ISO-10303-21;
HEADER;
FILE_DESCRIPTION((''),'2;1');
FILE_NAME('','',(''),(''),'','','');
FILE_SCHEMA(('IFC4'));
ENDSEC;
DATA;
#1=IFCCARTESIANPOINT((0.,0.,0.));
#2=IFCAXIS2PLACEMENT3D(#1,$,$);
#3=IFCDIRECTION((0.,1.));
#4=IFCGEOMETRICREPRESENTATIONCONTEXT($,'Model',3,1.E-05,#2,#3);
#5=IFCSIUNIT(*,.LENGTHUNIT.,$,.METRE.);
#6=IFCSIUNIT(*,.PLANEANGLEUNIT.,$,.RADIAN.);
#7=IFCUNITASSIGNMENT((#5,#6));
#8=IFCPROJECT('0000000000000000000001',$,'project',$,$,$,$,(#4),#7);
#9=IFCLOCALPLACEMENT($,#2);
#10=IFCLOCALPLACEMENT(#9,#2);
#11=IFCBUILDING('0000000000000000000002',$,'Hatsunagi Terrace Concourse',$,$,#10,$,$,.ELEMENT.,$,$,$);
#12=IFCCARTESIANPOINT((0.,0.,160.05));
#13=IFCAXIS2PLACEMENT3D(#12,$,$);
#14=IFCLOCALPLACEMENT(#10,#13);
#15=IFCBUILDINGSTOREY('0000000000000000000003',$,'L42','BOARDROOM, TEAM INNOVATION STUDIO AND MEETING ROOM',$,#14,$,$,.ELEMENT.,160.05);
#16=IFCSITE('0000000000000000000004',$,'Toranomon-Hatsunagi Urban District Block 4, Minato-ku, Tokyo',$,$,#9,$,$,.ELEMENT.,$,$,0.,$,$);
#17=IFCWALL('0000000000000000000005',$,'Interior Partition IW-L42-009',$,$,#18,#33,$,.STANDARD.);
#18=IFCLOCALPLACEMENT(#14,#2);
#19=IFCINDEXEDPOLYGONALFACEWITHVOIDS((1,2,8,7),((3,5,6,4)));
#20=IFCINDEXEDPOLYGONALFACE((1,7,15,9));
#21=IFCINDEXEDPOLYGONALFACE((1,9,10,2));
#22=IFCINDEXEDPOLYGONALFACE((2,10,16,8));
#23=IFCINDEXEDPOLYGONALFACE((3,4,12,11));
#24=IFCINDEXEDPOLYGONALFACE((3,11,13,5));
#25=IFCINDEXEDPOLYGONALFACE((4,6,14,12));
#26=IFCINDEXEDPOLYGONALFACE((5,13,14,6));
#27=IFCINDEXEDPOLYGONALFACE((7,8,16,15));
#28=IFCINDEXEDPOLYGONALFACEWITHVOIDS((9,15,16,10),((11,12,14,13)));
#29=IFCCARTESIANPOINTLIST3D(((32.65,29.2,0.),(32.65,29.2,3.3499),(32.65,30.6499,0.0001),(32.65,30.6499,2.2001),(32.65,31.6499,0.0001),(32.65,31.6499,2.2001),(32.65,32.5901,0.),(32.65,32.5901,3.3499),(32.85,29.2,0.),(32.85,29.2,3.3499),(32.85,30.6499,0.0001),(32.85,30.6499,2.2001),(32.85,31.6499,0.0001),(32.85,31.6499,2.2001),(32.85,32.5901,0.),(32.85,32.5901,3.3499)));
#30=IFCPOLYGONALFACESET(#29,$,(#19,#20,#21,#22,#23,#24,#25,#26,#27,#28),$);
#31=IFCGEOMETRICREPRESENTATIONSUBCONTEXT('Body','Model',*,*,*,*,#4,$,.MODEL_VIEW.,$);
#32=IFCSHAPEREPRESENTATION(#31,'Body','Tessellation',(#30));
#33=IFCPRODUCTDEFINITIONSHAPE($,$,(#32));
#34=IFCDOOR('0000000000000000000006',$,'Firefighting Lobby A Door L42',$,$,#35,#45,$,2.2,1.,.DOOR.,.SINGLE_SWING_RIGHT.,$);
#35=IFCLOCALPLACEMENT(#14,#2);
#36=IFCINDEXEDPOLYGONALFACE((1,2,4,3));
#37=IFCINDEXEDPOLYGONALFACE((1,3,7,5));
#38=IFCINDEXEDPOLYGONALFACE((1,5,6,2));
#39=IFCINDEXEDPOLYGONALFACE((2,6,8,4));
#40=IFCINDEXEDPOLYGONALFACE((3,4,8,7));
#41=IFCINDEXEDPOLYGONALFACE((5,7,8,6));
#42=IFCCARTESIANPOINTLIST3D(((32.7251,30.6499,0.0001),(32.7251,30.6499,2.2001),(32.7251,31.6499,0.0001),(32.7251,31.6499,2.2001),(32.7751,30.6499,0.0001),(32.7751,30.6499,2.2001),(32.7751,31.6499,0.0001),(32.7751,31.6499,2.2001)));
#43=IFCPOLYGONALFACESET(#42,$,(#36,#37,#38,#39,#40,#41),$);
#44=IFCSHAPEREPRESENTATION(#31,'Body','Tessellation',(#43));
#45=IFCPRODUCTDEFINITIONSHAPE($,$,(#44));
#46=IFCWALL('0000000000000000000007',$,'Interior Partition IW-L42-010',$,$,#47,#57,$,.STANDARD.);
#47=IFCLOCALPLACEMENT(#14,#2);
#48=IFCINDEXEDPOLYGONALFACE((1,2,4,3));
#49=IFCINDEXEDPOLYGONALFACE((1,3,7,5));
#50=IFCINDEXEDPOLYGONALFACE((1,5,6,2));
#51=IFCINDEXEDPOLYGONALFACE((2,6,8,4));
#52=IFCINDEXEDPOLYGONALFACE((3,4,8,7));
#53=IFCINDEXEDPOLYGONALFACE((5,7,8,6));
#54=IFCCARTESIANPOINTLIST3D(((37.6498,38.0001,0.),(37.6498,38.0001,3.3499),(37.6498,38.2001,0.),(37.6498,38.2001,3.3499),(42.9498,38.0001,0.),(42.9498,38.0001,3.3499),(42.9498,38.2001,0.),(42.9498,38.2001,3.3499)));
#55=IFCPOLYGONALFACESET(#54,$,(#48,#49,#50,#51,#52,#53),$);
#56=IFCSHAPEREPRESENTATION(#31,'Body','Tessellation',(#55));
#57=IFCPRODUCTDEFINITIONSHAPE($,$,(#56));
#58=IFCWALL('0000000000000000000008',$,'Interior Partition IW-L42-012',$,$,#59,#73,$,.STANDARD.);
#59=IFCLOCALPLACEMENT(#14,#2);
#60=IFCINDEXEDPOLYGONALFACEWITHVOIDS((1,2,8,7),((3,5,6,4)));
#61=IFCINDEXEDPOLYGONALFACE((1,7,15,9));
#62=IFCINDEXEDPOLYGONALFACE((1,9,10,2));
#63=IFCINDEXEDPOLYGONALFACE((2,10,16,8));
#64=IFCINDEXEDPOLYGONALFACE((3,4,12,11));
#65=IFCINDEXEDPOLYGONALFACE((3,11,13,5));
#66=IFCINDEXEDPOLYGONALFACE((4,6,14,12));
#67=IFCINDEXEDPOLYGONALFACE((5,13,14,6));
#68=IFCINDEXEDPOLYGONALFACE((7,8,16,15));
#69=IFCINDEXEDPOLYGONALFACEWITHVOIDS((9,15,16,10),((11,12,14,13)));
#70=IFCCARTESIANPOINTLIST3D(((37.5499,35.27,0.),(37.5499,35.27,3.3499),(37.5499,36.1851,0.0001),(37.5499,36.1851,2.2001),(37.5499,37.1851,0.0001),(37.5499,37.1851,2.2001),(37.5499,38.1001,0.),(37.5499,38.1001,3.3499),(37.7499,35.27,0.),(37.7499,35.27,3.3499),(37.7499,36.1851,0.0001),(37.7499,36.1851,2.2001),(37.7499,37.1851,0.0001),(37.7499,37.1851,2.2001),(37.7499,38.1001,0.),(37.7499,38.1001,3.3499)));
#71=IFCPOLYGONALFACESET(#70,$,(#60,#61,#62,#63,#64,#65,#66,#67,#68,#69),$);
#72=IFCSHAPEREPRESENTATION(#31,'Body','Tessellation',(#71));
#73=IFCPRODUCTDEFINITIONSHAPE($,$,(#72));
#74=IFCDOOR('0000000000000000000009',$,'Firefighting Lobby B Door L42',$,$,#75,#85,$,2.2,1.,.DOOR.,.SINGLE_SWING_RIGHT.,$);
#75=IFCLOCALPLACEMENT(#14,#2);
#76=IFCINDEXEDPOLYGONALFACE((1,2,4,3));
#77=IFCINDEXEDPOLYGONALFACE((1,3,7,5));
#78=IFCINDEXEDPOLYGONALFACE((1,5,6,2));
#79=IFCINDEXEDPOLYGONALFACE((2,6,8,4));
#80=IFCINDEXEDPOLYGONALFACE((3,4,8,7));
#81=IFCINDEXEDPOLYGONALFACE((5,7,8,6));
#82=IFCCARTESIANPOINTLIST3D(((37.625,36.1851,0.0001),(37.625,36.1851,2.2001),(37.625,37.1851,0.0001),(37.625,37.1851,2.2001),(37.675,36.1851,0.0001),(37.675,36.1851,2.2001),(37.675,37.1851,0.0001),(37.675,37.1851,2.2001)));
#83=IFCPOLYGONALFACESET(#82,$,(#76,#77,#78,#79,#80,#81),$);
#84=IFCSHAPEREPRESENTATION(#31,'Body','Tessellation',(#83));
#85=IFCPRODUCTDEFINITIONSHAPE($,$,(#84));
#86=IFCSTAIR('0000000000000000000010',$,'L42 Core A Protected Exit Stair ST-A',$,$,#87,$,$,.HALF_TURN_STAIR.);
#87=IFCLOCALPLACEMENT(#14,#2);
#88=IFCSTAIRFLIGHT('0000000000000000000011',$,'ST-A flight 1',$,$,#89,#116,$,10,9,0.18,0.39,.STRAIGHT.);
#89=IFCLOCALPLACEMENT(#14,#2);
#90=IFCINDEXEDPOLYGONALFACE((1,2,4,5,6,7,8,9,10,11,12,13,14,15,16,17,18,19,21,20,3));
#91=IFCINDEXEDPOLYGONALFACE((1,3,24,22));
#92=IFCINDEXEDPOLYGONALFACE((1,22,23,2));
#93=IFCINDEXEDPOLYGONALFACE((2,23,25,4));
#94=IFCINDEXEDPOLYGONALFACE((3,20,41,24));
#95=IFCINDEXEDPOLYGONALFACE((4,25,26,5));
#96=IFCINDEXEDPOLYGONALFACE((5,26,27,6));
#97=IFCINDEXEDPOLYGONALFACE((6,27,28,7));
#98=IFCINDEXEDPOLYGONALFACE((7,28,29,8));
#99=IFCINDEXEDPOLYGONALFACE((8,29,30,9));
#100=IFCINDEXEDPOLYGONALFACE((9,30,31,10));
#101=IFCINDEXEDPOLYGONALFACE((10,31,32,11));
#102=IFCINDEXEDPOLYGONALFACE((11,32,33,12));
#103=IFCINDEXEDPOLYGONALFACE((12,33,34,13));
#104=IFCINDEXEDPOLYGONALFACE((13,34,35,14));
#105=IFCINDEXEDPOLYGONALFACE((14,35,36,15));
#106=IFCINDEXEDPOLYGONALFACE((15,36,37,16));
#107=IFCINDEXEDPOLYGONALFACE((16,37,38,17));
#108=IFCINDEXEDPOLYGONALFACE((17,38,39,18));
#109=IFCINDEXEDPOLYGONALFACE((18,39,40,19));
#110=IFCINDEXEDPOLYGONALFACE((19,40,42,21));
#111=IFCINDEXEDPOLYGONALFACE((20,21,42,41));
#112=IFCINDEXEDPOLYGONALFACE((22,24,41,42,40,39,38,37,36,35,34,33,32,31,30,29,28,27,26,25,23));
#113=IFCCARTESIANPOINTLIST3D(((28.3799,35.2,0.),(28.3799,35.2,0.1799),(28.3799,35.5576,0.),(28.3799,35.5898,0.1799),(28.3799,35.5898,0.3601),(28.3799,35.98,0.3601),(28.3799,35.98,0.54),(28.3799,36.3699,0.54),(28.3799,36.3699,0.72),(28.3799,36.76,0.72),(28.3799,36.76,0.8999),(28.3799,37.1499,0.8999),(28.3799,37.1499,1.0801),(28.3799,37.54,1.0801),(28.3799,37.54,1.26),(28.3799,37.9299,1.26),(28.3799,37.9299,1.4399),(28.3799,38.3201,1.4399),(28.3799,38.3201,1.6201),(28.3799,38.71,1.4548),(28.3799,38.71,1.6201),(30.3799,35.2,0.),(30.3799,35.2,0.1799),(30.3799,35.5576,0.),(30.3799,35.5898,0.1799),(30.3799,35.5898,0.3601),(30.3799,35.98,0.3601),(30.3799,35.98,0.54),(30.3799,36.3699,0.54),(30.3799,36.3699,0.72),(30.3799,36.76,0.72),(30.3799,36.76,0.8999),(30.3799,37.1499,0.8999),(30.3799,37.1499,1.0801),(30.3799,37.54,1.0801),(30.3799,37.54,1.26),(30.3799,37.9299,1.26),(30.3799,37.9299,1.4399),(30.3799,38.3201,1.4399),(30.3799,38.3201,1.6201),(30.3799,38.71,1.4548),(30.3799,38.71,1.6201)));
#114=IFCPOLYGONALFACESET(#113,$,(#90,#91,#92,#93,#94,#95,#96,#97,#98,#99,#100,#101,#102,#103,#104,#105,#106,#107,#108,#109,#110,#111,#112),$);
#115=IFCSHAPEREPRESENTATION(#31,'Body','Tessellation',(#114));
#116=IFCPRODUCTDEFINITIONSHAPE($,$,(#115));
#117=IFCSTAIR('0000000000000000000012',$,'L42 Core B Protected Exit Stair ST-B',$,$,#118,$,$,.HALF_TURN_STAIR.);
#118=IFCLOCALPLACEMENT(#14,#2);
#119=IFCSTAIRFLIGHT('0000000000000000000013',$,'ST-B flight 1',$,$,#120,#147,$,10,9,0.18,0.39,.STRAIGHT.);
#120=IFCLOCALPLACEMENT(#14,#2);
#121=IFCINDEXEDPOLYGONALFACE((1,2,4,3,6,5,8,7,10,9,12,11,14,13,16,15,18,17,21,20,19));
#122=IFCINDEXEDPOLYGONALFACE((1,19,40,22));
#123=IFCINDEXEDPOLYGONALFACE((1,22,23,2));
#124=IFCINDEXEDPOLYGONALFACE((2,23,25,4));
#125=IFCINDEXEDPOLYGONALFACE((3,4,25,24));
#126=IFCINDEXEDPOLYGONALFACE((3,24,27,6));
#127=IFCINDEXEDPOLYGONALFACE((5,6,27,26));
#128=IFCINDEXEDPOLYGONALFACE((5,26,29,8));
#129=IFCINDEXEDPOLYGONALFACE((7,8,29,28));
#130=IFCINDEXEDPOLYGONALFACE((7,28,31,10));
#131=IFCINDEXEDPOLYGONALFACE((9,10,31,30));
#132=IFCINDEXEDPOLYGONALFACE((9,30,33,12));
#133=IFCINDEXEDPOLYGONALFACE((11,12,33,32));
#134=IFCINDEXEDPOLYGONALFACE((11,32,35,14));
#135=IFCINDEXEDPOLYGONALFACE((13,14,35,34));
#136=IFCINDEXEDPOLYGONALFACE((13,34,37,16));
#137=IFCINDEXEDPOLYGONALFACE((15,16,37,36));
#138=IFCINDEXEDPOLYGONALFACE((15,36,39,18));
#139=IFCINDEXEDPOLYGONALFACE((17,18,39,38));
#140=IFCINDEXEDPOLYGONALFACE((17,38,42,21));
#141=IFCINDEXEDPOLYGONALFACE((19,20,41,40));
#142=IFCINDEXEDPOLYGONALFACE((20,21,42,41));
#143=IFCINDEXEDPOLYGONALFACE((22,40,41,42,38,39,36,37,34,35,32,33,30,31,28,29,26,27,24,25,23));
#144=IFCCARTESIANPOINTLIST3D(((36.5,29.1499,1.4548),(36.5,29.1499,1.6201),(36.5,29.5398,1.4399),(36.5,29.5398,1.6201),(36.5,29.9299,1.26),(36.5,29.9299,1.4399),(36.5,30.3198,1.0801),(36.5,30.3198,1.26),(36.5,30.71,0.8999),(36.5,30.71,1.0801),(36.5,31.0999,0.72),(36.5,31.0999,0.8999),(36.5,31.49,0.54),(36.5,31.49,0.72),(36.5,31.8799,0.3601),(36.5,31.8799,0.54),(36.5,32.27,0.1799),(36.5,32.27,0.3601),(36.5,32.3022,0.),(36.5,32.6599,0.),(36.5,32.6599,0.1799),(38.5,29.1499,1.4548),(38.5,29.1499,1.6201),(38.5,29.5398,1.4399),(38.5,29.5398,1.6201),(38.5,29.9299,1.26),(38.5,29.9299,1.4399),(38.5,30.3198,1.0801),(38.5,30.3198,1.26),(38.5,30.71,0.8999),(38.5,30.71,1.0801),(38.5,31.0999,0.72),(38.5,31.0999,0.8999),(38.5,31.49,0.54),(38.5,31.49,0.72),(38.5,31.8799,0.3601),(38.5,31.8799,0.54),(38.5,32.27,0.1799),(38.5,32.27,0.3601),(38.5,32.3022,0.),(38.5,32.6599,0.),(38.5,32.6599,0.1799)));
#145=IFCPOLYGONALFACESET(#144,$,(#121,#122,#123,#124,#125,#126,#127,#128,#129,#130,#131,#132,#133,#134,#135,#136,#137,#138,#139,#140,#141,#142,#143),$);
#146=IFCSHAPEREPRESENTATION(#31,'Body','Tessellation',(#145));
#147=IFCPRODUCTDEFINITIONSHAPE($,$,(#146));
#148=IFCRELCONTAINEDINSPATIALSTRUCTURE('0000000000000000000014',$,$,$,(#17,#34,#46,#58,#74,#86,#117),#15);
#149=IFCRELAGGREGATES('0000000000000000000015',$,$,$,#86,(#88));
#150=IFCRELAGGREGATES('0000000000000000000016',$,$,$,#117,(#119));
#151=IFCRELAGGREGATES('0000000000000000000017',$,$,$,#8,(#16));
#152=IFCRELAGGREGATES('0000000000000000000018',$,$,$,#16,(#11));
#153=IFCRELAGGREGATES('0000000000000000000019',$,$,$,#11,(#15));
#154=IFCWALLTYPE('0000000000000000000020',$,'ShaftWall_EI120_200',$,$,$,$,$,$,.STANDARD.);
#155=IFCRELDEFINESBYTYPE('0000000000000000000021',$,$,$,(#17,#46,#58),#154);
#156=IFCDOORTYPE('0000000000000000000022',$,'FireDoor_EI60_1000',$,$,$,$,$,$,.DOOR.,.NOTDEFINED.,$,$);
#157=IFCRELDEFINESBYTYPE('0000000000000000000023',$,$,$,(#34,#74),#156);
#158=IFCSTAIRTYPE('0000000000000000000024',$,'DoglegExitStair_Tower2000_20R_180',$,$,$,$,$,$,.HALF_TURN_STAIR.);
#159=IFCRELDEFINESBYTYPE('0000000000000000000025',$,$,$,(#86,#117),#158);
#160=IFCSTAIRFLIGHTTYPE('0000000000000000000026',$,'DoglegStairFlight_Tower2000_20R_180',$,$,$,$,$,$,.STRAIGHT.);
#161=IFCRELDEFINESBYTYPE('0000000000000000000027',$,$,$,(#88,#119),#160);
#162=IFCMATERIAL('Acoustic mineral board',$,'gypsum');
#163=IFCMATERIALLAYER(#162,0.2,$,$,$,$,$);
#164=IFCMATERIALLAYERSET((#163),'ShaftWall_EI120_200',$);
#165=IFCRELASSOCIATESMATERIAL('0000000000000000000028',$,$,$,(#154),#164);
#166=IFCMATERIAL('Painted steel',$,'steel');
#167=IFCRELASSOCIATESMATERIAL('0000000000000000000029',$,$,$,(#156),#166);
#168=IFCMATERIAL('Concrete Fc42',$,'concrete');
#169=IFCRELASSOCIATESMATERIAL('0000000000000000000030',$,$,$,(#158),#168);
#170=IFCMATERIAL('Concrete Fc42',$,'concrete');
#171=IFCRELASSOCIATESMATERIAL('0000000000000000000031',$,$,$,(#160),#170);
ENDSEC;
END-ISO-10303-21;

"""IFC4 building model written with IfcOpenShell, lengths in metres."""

from ifc_helpers import new_model, si_unit, direction, frame, frame_2d, origin, place, context, subcontext, project, spatial, polyline, rectangle, outline, extrude, material, layer, layer_set, type_object, element, fill, aggregate, save


model = new_model("IFC4")

# Units and contexts
model_context = context("Model", 3, precision=1e-05, world=origin(), true_north=direction((0.0, 1.0)))
body_context = subcontext(model_context, "Body", "Model", "MODEL_VIEW")
ifc_project = project(units=[si_unit("LENGTHUNIT", "METRE"), si_unit("PLANEANGLEUNIT", "RADIAN")], contexts=[model_context])

# Site, building, storey
site_placement = place(None, origin())
site = spatial("IfcSite", under=ifc_project, at=site_placement, Name="Toranomon-Hatsunagi Urban District Block 4, Minato-ku, Tokyo", CompositionType="ELEMENT", RefElevation=0.0)
building_placement = place(site_placement, origin())
building = spatial("IfcBuilding", under=site, at=building_placement, Name="Hatsunagi Terrace Concourse", CompositionType="ELEMENT")
storey_placement = place(building_placement, frame((0.0, 0.0, 160.05)))
storey = spatial("IfcBuildingStorey", under=building, at=storey_placement, Name="L42", Description="BOARDROOM, TEAM INNOVATION STUDIO AND MEETING ROOM", CompositionType="ELEMENT", Elevation=160.05)

# Shared definitions
ifc_material_1 = material(Name="Acoustic mineral board", Category="gypsum")
ifc_layer_1 = layer(ifc_material_1, 0.2)
ifc_layer_set_1 = layer_set([ifc_layer_1], Name="ShaftWall_EI120_200")
wall_type_1 = type_object("IfcWallType", Name="ShaftWall_EI120_200", PredefinedType="STANDARD", material=ifc_layer_set_1)

# Wall, opening, door
wall_1_placement = place(storey_placement, frame((32.75, 29.2, 0.0), z_axis=(0.0, 0.0, 1.0), x_axis=(0.0, 1.0, 0.0)))
wall_1 = element("IfcWall", 1, at=wall_1_placement, inside=storey, type_object=wall_type_1, Name="Interior Partition IW-L42-009", PredefinedType="STANDARD", context=body_context, shape_type="SweptSolid", body=[
    extrude(rectangle(XDim=3.3901, YDim=0.2, at=frame_2d((1.6951, 0.0))), origin(), (0.0, 0.0, 1.0), 3.3499),
])
opening_1_placement = place(wall_1_placement, frame((1.45, 0.0, 0.0)))
opening_1 = element("IfcOpeningElement", 2, at=opening_1_placement, cuts=wall_1, PredefinedType="OPENING", context=body_context, shape_type="SweptSolid", body=[
    extrude(rectangle(XDim=1.0, YDim=2.2, at=frame_2d((0.5, 1.1001))), frame((0.0, 0.1099, 0.0), z_axis=(0.0, -1.0, 0.0), x_axis=(1.0, 0.0, 0.0)), (0.0, 0.0, 1.0), 0.22),
])
ifc_material_2 = material(Name="Painted steel", Category="steel")
door_type_1 = type_object("IfcDoorType", Name="FireDoor_EI60_1000", OperationType="NOTDEFINED", PredefinedType="DOOR", material=ifc_material_2)
door_1_placement = place(opening_1_placement, origin())
door_1 = element("IfcDoor", 3, at=door_1_placement, inside=storey, type_object=door_type_1, Name="Firefighting Lobby A Door L42", OperationType="SINGLE_SWING_RIGHT", OverallHeight=2.2, OverallWidth=1.0, PredefinedType="DOOR", context=body_context, shape_type="SweptSolid", body=[
    extrude(rectangle(XDim=1.0, YDim=2.2, at=frame_2d((0.5, 1.1001))), frame((0.0, 0.0249, 0.0), z_axis=(0.0, -1.0, 0.0), x_axis=(1.0, 0.0, 0.0)), (0.0, 0.0, 1.0), 0.05),
])
fill(opening_1, door_1)

# Wall
wall_2_placement = place(storey_placement, frame((37.6499, 38.1001, 0.0), z_axis=(0.0, 0.0, 1.0), x_axis=(1.0, 0.0, 0.0)))
element("IfcWall", 4, at=wall_2_placement, inside=storey, type_object=wall_type_1, Name="Interior Partition IW-L42-010", PredefinedType="STANDARD", context=body_context, shape_type="SweptSolid", body=[
    extrude(rectangle(XDim=5.3, YDim=0.2, at=frame_2d((2.6499, 0.0))), origin(), (0.0, 0.0, 1.0), 3.3499),
])

# Wall, opening, door
wall_3_placement = place(storey_placement, frame((37.6499, 35.27, 0.0), z_axis=(0.0, 0.0, 1.0), x_axis=(0.0, 1.0, 0.0)))
wall_3 = element("IfcWall", 5, at=wall_3_placement, inside=storey, type_object=wall_type_1, Name="Interior Partition IW-L42-012", PredefinedType="STANDARD", context=body_context, shape_type="SweptSolid", body=[
    extrude(rectangle(XDim=2.8301, YDim=0.2, at=frame_2d((1.415, 0.0))), origin(), (0.0, 0.0, 1.0), 3.3499),
])
opening_2_placement = place(wall_3_placement, frame((0.915, 0.0, 0.0)))
opening_2 = element("IfcOpeningElement", 6, at=opening_2_placement, cuts=wall_3, PredefinedType="OPENING", context=body_context, shape_type="SweptSolid", body=[
    extrude(rectangle(XDim=1.0, YDim=2.2, at=frame_2d((0.5, 1.1001))), frame((0.0, 0.1099, 0.0), z_axis=(0.0, -1.0, 0.0), x_axis=(1.0, 0.0, 0.0)), (0.0, 0.0, 1.0), 0.22),
])
door_2_placement = place(opening_2_placement, origin())
door_2 = element("IfcDoor", 7, at=door_2_placement, inside=storey, type_object=door_type_1, Name="Firefighting Lobby B Door L42", OperationType="SINGLE_SWING_RIGHT", OverallHeight=2.2, OverallWidth=1.0, PredefinedType="DOOR", context=body_context, shape_type="SweptSolid", body=[
    extrude(rectangle(XDim=1.0, YDim=2.2, at=frame_2d((0.5, 1.1001))), frame((0.0, 0.0249, 0.0), z_axis=(0.0, -1.0, 0.0), x_axis=(1.0, 0.0, 0.0)), (0.0, 0.0, 1.0), 0.05),
])
fill(opening_2, door_2)

# Stairs, stair flights
ifc_material_3 = material(Name="Concrete Fc42", Category="concrete")
stair_type = type_object("IfcStairType", Name="DoglegExitStair_Tower2000_20R_180", PredefinedType="HALF_TURN_STAIR", material=ifc_material_3)
stair_1_placement = place(storey_placement, origin())
stair_1 = element("IfcStair", 8, at=stair_1_placement, inside=storey, type_object=stair_type, Name="L42 Core A Protected Exit Stair ST-A", PredefinedType="HALF_TURN_STAIR")
ifc_material_4 = material(Name="Concrete Fc42", Category="concrete")
stair_flight_type = type_object("IfcStairFlightType", Name="DoglegStairFlight_Tower2000_20R_180", PredefinedType="STRAIGHT", material=ifc_material_4)
stair_flight_1_placement = place(storey_placement, frame((29.3799, 35.2, 0.0), z_axis=(0.0, 0.0, 1.0), x_axis=(0.0, 1.0, 0.0)))
stair_flight_1 = element("IfcStairFlight", 9, at=stair_flight_1_placement, type_object=stair_flight_type, Name="ST-A flight 1", NumberOfRisers=10, NumberOfTreads=9, PredefinedType="STRAIGHT", RiserHeight=0.18, TreadLength=0.39, context=body_context, shape_type="SweptSolid", body=[
    extrude(outline(polyline([(0.0, 0.0), (0.0, 0.1799), (0.3899, 0.1799), (0.3899, 0.3601), (0.78, 0.3601), (0.78, 0.54), (1.1699, 0.54), (1.1699, 0.72), (1.5601, 0.72), (1.5601, 0.8999), (1.95, 0.8999), (1.95, 1.0801), (2.3401, 1.0801), (2.3401, 1.26), (2.73, 1.26), (2.73, 1.4399), (3.1201, 1.4399), (3.1201, 1.6201), (3.51, 1.6201), (3.51, 1.8), (3.51, 1.4548), (0.3577, 0.0), (0.0, 0.0)])), frame((0.0, 1.0, 0.0), z_axis=(0.0, -1.0, 0.0), x_axis=(1.0, 0.0, 0.0)), (0.0, 0.0, 1.0), 2.0),
])
aggregate(stair_1, [stair_flight_1])
stair_2_placement = place(storey_placement, origin())
stair_2 = element("IfcStair", 10, at=stair_2_placement, inside=storey, type_object=stair_type, Name="L42 Core B Protected Exit Stair ST-B", PredefinedType="HALF_TURN_STAIR")
stair_flight_2_placement = place(storey_placement, frame((37.5, 32.6599, 0.0), z_axis=(0.0, 0.0, 1.0), x_axis=(0.0, -1.0, 0.0)))
stair_flight_2 = element("IfcStairFlight", 11, at=stair_flight_2_placement, type_object=stair_flight_type, Name="ST-B flight 1", NumberOfRisers=10, NumberOfTreads=9, PredefinedType="STRAIGHT", RiserHeight=0.18, TreadLength=0.39, context=body_context, shape_type="SweptSolid", body=[
    extrude(outline(polyline([(0.0, 0.0), (0.0, 0.1799), (0.3899, 0.1799), (0.3899, 0.3601), (0.78, 0.3601), (0.78, 0.54), (1.1699, 0.54), (1.1699, 0.72), (1.5601, 0.72), (1.5601, 0.8999), (1.95, 0.8999), (1.95, 1.0801), (2.3401, 1.0801), (2.3401, 1.26), (2.73, 1.26), (2.73, 1.4399), (3.1201, 1.4399), (3.1201, 1.6201), (3.51, 1.6201), (3.51, 1.8), (3.51, 1.4548), (0.3577, 0.0), (0.0, 0.0)])), frame((0.0, 1.0, 0.0), z_axis=(0.0, -1.0, 0.0), x_axis=(1.0, 0.0, 0.0)), (0.0, 0.0, 1.0), 2.0),
])
aggregate(stair_2, [stair_flight_2])

save(model, "model.ifc")
